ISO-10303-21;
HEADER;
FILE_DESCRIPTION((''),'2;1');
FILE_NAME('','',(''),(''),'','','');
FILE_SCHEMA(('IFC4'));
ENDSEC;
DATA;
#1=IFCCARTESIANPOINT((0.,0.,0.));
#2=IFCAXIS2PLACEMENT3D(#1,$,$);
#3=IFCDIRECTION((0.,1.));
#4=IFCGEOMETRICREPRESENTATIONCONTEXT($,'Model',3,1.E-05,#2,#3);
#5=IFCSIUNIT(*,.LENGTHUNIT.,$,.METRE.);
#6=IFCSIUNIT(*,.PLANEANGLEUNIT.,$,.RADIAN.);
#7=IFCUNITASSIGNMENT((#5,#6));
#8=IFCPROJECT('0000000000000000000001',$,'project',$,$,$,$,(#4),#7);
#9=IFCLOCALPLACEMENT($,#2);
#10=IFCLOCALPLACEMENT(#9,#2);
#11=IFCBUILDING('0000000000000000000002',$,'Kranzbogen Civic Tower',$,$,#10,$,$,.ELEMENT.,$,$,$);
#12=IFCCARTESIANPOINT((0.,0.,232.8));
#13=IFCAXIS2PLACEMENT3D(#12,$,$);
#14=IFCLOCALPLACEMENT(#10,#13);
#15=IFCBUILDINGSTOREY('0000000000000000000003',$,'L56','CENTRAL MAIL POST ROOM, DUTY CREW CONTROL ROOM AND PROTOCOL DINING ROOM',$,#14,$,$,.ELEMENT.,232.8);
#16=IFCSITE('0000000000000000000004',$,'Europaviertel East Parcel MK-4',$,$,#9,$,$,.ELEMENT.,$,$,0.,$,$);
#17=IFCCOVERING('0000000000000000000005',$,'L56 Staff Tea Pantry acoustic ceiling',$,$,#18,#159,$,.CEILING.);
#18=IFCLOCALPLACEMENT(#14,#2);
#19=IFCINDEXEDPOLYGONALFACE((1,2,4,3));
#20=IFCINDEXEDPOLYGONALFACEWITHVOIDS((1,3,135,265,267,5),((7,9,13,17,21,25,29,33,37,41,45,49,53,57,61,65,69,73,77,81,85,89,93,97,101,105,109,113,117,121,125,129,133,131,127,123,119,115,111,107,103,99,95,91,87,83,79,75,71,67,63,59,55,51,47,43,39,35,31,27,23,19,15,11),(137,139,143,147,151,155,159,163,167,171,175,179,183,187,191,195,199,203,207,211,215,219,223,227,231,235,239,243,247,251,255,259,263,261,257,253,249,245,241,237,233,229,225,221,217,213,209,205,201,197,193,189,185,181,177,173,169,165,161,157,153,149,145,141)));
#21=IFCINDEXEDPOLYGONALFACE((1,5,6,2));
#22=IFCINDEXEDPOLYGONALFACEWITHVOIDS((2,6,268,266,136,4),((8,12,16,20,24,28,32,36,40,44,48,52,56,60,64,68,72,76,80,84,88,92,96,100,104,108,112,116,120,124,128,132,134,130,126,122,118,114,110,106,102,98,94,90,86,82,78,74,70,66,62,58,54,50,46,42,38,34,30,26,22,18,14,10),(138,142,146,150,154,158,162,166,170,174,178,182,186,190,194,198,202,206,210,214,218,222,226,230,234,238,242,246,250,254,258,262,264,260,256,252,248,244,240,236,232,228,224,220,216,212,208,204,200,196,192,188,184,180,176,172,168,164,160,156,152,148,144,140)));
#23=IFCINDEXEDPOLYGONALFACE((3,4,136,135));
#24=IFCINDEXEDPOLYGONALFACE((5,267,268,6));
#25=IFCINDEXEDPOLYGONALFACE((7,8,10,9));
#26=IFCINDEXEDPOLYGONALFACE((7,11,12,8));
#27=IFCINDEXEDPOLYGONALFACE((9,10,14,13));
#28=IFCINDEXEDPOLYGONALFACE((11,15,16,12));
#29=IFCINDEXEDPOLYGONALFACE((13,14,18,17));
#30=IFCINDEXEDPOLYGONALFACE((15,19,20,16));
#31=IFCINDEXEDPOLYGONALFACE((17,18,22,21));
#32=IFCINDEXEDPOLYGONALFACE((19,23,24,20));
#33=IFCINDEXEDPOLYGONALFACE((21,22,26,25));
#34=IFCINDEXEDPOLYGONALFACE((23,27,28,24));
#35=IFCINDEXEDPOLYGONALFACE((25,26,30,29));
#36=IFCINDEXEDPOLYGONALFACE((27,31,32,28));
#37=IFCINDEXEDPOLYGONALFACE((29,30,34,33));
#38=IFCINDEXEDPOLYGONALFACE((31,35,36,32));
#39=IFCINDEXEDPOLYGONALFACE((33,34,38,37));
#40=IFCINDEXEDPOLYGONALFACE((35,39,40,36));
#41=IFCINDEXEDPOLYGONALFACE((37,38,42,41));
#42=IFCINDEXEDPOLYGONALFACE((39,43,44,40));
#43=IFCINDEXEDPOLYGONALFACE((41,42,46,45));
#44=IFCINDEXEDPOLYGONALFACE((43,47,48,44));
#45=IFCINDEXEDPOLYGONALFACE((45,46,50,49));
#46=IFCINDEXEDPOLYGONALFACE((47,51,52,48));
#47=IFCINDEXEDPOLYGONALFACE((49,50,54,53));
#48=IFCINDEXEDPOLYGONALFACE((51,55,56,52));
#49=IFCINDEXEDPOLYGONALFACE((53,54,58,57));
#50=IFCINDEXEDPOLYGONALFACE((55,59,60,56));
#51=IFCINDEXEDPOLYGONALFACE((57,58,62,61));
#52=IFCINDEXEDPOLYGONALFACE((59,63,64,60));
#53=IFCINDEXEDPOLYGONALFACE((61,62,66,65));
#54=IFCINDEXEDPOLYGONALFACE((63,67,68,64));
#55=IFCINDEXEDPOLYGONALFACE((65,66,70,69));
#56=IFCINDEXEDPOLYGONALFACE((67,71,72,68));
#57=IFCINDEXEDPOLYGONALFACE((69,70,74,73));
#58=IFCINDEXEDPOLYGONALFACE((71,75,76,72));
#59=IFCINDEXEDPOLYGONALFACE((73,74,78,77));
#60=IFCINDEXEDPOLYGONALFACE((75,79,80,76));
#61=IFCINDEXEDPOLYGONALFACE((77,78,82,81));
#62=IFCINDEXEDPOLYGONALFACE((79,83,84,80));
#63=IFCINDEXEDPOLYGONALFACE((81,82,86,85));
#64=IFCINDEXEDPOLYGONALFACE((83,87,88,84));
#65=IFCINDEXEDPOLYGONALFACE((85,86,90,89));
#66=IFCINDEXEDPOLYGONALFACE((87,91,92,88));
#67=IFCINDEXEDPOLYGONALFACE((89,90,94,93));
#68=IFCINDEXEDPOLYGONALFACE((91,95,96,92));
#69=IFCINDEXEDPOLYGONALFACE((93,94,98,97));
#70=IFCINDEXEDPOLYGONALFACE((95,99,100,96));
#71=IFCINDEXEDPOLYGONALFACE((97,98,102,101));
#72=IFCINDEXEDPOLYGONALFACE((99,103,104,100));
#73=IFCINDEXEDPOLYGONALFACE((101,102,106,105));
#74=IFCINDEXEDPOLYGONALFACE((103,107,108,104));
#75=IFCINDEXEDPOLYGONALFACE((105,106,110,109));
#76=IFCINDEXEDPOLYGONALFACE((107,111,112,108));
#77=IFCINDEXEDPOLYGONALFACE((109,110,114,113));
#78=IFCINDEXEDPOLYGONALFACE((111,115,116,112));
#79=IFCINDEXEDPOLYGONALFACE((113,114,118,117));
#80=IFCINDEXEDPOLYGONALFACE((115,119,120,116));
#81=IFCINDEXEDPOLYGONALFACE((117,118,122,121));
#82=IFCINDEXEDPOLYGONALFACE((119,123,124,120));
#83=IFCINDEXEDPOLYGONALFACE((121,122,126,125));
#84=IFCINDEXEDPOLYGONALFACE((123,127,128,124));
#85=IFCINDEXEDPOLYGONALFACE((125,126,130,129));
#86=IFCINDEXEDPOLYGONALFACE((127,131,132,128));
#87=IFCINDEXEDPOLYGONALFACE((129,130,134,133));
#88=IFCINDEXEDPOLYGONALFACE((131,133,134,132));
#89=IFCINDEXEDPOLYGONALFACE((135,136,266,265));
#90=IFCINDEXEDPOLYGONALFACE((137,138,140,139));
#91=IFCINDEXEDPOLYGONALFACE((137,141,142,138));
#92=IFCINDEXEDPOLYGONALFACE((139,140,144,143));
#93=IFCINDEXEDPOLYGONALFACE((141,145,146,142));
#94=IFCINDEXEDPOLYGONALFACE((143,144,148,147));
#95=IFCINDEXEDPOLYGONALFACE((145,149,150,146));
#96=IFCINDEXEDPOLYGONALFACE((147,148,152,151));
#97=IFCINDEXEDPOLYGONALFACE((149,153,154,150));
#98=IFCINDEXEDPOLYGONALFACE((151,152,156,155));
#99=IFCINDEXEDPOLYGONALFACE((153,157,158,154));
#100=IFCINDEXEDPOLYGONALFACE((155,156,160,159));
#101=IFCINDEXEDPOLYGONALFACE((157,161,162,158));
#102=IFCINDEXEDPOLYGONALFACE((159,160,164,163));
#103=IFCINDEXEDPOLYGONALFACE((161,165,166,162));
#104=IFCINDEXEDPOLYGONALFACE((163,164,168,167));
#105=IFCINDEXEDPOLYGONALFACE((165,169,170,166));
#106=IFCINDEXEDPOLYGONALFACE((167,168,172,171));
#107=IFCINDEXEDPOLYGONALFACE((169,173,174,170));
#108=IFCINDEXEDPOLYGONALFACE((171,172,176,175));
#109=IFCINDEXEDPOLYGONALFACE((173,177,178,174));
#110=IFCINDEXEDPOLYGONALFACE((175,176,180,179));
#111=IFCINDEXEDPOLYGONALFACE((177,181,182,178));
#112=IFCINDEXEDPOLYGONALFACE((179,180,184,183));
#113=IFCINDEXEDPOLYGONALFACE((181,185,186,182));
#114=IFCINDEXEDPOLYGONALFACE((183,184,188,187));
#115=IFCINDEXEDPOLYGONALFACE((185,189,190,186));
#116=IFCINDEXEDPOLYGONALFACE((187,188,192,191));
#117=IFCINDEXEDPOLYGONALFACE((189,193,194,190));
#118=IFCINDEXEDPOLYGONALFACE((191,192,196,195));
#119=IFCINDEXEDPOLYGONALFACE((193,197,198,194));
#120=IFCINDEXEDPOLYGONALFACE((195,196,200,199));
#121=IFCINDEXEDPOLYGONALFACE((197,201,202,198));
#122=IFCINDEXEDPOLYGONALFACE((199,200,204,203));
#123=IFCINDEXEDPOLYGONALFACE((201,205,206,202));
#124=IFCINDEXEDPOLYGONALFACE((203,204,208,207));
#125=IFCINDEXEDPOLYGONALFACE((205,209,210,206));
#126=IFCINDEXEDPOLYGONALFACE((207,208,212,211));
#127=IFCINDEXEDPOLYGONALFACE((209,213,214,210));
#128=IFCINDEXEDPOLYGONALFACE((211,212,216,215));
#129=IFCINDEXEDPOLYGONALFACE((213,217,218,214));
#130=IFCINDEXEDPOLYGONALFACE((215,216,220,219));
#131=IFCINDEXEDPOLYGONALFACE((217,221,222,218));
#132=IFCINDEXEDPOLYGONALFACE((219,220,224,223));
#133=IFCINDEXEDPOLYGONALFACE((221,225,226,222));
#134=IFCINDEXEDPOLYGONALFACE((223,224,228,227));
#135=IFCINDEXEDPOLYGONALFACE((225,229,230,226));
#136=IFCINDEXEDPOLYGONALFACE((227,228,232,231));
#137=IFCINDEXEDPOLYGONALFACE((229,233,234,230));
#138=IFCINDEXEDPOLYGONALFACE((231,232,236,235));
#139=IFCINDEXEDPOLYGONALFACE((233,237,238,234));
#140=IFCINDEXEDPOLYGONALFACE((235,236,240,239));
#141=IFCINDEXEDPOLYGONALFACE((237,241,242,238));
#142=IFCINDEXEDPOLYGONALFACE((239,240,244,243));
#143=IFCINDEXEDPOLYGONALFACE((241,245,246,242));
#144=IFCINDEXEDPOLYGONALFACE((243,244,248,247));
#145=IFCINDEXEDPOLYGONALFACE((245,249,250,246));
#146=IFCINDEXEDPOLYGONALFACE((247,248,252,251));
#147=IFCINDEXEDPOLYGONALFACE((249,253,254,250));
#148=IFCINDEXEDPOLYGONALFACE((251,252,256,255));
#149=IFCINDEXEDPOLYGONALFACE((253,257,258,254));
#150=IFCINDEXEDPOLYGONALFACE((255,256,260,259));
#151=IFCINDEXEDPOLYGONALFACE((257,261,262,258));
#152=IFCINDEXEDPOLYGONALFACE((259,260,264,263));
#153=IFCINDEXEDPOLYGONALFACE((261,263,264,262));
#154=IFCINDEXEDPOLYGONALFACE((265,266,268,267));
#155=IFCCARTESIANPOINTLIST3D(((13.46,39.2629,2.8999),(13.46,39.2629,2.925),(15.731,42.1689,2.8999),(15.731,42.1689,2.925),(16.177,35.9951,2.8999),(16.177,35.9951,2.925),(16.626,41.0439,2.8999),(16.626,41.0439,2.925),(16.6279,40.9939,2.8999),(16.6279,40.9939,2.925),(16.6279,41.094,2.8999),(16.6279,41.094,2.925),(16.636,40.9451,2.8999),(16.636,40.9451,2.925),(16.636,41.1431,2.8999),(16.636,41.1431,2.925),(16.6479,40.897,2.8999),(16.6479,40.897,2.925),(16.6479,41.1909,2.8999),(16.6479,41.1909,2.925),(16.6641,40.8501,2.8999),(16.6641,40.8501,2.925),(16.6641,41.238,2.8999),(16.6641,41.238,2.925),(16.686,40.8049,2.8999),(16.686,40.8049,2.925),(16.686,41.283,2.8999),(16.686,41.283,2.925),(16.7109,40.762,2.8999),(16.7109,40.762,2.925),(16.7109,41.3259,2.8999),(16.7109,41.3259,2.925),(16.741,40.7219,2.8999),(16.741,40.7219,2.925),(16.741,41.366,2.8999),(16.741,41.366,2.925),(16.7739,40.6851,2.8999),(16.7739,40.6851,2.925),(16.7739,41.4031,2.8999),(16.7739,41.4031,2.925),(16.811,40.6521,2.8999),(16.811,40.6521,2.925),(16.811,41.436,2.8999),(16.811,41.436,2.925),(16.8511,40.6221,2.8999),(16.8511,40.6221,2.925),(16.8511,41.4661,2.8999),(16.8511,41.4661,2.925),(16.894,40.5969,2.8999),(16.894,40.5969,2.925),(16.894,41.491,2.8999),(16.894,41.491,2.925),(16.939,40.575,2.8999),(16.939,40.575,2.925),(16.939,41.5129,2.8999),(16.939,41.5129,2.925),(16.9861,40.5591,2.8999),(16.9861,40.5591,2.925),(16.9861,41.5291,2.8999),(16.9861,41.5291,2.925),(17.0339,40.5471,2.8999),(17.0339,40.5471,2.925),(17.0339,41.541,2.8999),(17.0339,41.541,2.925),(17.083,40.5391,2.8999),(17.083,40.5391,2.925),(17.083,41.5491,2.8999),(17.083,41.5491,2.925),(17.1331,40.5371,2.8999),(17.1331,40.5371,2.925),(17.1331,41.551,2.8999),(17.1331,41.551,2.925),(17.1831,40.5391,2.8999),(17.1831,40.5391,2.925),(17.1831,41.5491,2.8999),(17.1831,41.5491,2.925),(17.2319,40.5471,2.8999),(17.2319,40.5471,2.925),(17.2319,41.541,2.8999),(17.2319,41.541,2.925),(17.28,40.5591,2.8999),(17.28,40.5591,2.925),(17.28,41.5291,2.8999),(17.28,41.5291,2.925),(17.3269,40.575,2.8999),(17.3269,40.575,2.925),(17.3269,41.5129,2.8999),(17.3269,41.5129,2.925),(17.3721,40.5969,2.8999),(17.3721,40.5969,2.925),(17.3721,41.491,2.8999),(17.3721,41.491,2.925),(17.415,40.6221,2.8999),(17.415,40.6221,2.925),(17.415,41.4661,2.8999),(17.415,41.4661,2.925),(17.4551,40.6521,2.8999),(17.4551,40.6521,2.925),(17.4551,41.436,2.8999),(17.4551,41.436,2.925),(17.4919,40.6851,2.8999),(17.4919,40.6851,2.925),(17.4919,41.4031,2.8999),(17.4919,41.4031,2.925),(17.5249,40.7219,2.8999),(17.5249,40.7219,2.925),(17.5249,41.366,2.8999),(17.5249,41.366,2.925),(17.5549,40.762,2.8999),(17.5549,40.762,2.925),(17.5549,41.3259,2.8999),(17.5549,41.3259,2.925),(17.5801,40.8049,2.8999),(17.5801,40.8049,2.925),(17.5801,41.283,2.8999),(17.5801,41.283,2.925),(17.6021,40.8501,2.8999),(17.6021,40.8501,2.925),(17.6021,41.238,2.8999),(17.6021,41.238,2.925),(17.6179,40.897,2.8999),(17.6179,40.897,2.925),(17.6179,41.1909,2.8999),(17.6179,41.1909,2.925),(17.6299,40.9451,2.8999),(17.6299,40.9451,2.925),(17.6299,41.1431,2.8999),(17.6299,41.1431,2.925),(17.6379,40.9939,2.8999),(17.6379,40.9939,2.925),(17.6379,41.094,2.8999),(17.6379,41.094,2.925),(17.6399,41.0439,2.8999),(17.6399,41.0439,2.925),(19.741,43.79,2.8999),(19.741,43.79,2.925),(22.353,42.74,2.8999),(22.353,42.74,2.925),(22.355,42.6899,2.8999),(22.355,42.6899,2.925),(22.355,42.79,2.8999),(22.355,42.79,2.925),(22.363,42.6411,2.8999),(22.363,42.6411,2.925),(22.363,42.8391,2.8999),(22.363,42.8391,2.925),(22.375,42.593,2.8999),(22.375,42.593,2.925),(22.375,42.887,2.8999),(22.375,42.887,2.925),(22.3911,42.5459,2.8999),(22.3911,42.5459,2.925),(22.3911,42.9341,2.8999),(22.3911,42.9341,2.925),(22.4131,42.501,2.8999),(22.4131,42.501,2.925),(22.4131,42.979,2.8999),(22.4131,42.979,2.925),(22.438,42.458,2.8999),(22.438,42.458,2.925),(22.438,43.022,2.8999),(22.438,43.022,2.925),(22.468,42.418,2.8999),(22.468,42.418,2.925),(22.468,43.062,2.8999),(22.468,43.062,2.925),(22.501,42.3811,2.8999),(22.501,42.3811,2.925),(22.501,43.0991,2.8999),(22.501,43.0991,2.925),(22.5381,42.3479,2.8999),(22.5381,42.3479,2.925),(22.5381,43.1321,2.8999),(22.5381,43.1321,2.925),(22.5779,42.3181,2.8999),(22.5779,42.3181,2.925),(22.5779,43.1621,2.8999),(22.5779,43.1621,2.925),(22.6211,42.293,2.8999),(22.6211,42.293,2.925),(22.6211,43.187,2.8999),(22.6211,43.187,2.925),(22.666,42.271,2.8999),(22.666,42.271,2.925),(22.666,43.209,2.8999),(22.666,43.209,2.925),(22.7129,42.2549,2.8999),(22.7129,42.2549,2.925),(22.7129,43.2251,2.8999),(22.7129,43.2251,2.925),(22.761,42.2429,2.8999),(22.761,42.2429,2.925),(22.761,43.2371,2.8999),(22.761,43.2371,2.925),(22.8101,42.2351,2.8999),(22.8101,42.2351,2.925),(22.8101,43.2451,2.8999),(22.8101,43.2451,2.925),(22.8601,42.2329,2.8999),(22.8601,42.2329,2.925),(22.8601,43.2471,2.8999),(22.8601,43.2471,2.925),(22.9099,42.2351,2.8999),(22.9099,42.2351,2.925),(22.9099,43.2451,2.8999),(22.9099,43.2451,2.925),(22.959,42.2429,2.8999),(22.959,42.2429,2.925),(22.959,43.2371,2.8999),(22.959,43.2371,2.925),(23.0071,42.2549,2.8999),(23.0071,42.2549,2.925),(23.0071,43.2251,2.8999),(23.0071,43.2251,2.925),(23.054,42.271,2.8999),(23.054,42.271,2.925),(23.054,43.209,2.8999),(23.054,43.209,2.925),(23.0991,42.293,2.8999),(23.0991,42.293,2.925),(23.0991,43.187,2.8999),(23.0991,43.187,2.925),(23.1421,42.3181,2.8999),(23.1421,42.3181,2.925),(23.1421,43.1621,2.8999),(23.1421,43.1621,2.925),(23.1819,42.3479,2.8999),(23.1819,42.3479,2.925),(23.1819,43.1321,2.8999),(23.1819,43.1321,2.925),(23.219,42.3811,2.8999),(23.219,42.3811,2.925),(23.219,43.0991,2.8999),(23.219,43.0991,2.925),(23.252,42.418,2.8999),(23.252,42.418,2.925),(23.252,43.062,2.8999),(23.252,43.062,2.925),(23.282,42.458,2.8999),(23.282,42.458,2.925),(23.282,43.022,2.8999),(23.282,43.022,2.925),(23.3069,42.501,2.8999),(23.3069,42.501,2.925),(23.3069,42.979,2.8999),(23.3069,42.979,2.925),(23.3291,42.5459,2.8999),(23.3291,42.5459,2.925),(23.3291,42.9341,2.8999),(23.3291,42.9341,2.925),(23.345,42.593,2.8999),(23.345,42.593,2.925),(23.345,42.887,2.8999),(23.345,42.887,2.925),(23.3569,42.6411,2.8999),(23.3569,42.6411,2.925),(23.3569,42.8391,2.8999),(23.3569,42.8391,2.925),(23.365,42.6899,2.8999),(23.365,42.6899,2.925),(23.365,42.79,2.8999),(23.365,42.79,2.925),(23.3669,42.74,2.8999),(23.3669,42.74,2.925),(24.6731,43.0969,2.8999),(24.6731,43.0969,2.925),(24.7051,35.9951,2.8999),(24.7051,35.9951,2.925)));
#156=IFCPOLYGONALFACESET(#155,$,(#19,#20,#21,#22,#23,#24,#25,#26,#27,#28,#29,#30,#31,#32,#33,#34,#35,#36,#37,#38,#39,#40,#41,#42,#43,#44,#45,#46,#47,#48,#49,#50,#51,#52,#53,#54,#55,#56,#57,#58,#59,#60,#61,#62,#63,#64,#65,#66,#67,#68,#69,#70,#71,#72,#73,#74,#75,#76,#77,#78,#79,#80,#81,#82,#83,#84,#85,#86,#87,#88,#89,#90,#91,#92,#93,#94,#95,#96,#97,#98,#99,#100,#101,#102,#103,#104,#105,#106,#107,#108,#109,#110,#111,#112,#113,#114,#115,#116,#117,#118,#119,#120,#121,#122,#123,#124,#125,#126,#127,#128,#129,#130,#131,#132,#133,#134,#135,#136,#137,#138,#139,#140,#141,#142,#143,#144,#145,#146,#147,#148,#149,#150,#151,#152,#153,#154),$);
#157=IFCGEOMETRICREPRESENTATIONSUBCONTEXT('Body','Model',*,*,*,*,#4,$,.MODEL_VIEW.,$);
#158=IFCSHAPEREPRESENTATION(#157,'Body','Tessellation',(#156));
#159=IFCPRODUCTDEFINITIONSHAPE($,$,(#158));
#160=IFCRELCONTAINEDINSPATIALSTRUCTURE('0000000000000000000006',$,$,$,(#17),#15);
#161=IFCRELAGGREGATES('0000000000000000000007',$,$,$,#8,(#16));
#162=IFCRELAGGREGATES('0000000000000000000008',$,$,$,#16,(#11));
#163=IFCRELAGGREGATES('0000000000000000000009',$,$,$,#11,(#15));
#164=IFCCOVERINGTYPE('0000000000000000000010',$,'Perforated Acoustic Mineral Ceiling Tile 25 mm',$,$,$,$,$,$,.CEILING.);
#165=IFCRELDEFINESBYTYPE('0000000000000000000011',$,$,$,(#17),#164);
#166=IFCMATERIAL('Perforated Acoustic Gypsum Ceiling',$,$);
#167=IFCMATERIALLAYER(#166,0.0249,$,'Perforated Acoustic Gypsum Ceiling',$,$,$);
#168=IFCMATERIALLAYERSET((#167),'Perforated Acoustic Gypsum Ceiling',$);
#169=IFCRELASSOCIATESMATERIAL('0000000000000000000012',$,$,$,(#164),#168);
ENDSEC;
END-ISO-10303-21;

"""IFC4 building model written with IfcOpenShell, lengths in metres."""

from ifc_helpers import new_model, si_unit, direction, frame, origin, place, context, subcontext, project, spatial, polyline, outline, extrude, material, layer, layer_set, type_object, element, save


model = new_model("IFC4")

# Units and contexts
model_context = context("Model", 3, precision=1e-05, world=origin(), true_north=direction((0.0, 1.0)))
body_context = subcontext(model_context, "Body", "Model", "MODEL_VIEW")
ifc_project = project(units=[si_unit("LENGTHUNIT", "METRE"), si_unit("PLANEANGLEUNIT", "RADIAN")], contexts=[model_context])

# Site, building, storey
site_placement = place(None, origin())
site = spatial("IfcSite", under=ifc_project, at=site_placement, Name="Europaviertel East Parcel MK-4", CompositionType="ELEMENT", RefElevation=0.0)
building_placement = place(site_placement, origin())
building = spatial("IfcBuilding", under=site, at=building_placement, Name="Kranzbogen Civic Tower", CompositionType="ELEMENT")
storey_placement = place(building_placement, frame((0.0, 0.0, 232.8)))
storey = spatial("IfcBuildingStorey", under=building, at=storey_placement, Name="L56", Description="CENTRAL MAIL POST ROOM, DUTY CREW CONTROL ROOM AND PROTOCOL DINING ROOM", CompositionType="ELEMENT", Elevation=232.8)

# Covering
ifc_material_1 = material(Name="Perforated Acoustic Gypsum Ceiling")
ifc_layer_1 = layer(ifc_material_1, 0.0249, Name="Perforated Acoustic Gypsum Ceiling")
ifc_layer_set_1 = layer_set([ifc_layer_1], Name="Perforated Acoustic Gypsum Ceiling")
covering_type = type_object("IfcCoveringType", Name="Perforated Acoustic Mineral Ceiling Tile 25 mm", PredefinedType="CEILING", material=ifc_layer_set_1)
covering_1_placement = place(storey_placement, frame((0.0, 0.0, 2.8999)))
element("IfcCovering", 1, at=covering_1_placement, inside=storey, type_object=covering_type, Name="L56 Staff Tea Pantry acoustic ceiling", PredefinedType="CEILING", context=body_context, shape_type="SweptSolid", body=[
    extrude(outline(polyline([(19.741, 43.79), (24.6731, 43.0969), (24.7051, 35.9951), (16.177, 35.9951), (13.46, 39.2629), (15.731, 42.1689), (19.741, 43.79)]), holes=[polyline([(17.6021, 40.8501), (17.5801, 40.8049), (17.5549, 40.762), (17.5249, 40.7219), (17.4919, 40.6851), (17.4551, 40.6521), (17.415, 40.6221), (17.3721, 40.5969), (17.3269, 40.575), (17.28, 40.5591), (17.2319, 40.5471), (17.1831, 40.5391), (17.1331, 40.5371), (17.083, 40.5391), (17.0339, 40.5471), (16.9861, 40.5591), (16.939, 40.575), (16.894, 40.5969), (16.8511, 40.6221), (16.811, 40.6521), (16.7739, 40.6851), (16.741, 40.7219), (16.7109, 40.762), (16.686, 40.8049), (16.6641, 40.8501), (16.6479, 40.897), (16.636, 40.9451), (16.6279, 40.9939), (16.626, 41.0439), (16.6279, 41.094), (16.636, 41.1431), (16.6479, 41.1909), (16.6641, 41.238), (16.686, 41.283), (16.7109, 41.3259), (16.741, 41.366), (16.7739, 41.4031), (16.811, 41.436), (16.8511, 41.4661), (16.894, 41.491), (16.939, 41.5129), (16.9861, 41.5291), (17.0339, 41.541), (17.083, 41.5491), (17.1331, 41.551), (17.1831, 41.5491), (17.2319, 41.541), (17.28, 41.5291), (17.3269, 41.5129), (17.3721, 41.491), (17.415, 41.4661), (17.4551, 41.436), (17.4919, 41.4031), (17.5249, 41.366), (17.5549, 41.3259), (17.5801, 41.283), (17.6021, 41.238), (17.6179, 41.1909), (17.6299, 41.1431), (17.6379, 41.094), (17.6399, 41.0439), (17.6379, 40.9939), (17.6299, 40.9451), (17.6179, 40.897), (17.6021, 40.8501)]), polyline([(23.3291, 42.5459), (23.3069, 42.501), (23.282, 42.458), (23.252, 42.418), (23.219, 42.3811), (23.1819, 42.3479), (23.1421, 42.3181), (23.0991, 42.293), (23.054, 42.271), (23.0071, 42.2549), (22.959, 42.2429), (22.9099, 42.2351), (22.8601, 42.2329), (22.8101, 42.2351), (22.761, 42.2429), (22.7129, 42.2549), (22.666, 42.271), (22.6211, 42.293), (22.5779, 42.3181), (22.5381, 42.3479), (22.501, 42.3811), (22.468, 42.418), (22.438, 42.458), (22.4131, 42.501), (22.3911, 42.5459), (22.375, 42.593), (22.363, 42.6411), (22.355, 42.6899), (22.353, 42.74), (22.355, 42.79), (22.363, 42.8391), (22.375, 42.887), (22.3911, 42.9341), (22.4131, 42.979), (22.438, 43.022), (22.468, 43.062), (22.501, 43.0991), (22.5381, 43.1321), (22.5779, 43.1621), (22.6211, 43.187), (22.666, 43.209), (22.7129, 43.2251), (22.761, 43.2371), (22.8101, 43.2451), (22.8601, 43.2471), (22.9099, 43.2451), (22.959, 43.2371), (23.0071, 43.2251), (23.054, 43.209), (23.0991, 43.187), (23.1421, 43.1621), (23.1819, 43.1321), (23.219, 43.0991), (23.252, 43.062), (23.282, 43.022), (23.3069, 42.979), (23.3291, 42.9341), (23.345, 42.887), (23.3569, 42.8391), (23.365, 42.79), (23.3669, 42.74), (23.365, 42.6899), (23.3569, 42.6411), (23.345, 42.593), (23.3291, 42.5459)])]), origin(), (0.0, 0.0, 1.0), 0.0251),
])

save(model, "model.ifc")
